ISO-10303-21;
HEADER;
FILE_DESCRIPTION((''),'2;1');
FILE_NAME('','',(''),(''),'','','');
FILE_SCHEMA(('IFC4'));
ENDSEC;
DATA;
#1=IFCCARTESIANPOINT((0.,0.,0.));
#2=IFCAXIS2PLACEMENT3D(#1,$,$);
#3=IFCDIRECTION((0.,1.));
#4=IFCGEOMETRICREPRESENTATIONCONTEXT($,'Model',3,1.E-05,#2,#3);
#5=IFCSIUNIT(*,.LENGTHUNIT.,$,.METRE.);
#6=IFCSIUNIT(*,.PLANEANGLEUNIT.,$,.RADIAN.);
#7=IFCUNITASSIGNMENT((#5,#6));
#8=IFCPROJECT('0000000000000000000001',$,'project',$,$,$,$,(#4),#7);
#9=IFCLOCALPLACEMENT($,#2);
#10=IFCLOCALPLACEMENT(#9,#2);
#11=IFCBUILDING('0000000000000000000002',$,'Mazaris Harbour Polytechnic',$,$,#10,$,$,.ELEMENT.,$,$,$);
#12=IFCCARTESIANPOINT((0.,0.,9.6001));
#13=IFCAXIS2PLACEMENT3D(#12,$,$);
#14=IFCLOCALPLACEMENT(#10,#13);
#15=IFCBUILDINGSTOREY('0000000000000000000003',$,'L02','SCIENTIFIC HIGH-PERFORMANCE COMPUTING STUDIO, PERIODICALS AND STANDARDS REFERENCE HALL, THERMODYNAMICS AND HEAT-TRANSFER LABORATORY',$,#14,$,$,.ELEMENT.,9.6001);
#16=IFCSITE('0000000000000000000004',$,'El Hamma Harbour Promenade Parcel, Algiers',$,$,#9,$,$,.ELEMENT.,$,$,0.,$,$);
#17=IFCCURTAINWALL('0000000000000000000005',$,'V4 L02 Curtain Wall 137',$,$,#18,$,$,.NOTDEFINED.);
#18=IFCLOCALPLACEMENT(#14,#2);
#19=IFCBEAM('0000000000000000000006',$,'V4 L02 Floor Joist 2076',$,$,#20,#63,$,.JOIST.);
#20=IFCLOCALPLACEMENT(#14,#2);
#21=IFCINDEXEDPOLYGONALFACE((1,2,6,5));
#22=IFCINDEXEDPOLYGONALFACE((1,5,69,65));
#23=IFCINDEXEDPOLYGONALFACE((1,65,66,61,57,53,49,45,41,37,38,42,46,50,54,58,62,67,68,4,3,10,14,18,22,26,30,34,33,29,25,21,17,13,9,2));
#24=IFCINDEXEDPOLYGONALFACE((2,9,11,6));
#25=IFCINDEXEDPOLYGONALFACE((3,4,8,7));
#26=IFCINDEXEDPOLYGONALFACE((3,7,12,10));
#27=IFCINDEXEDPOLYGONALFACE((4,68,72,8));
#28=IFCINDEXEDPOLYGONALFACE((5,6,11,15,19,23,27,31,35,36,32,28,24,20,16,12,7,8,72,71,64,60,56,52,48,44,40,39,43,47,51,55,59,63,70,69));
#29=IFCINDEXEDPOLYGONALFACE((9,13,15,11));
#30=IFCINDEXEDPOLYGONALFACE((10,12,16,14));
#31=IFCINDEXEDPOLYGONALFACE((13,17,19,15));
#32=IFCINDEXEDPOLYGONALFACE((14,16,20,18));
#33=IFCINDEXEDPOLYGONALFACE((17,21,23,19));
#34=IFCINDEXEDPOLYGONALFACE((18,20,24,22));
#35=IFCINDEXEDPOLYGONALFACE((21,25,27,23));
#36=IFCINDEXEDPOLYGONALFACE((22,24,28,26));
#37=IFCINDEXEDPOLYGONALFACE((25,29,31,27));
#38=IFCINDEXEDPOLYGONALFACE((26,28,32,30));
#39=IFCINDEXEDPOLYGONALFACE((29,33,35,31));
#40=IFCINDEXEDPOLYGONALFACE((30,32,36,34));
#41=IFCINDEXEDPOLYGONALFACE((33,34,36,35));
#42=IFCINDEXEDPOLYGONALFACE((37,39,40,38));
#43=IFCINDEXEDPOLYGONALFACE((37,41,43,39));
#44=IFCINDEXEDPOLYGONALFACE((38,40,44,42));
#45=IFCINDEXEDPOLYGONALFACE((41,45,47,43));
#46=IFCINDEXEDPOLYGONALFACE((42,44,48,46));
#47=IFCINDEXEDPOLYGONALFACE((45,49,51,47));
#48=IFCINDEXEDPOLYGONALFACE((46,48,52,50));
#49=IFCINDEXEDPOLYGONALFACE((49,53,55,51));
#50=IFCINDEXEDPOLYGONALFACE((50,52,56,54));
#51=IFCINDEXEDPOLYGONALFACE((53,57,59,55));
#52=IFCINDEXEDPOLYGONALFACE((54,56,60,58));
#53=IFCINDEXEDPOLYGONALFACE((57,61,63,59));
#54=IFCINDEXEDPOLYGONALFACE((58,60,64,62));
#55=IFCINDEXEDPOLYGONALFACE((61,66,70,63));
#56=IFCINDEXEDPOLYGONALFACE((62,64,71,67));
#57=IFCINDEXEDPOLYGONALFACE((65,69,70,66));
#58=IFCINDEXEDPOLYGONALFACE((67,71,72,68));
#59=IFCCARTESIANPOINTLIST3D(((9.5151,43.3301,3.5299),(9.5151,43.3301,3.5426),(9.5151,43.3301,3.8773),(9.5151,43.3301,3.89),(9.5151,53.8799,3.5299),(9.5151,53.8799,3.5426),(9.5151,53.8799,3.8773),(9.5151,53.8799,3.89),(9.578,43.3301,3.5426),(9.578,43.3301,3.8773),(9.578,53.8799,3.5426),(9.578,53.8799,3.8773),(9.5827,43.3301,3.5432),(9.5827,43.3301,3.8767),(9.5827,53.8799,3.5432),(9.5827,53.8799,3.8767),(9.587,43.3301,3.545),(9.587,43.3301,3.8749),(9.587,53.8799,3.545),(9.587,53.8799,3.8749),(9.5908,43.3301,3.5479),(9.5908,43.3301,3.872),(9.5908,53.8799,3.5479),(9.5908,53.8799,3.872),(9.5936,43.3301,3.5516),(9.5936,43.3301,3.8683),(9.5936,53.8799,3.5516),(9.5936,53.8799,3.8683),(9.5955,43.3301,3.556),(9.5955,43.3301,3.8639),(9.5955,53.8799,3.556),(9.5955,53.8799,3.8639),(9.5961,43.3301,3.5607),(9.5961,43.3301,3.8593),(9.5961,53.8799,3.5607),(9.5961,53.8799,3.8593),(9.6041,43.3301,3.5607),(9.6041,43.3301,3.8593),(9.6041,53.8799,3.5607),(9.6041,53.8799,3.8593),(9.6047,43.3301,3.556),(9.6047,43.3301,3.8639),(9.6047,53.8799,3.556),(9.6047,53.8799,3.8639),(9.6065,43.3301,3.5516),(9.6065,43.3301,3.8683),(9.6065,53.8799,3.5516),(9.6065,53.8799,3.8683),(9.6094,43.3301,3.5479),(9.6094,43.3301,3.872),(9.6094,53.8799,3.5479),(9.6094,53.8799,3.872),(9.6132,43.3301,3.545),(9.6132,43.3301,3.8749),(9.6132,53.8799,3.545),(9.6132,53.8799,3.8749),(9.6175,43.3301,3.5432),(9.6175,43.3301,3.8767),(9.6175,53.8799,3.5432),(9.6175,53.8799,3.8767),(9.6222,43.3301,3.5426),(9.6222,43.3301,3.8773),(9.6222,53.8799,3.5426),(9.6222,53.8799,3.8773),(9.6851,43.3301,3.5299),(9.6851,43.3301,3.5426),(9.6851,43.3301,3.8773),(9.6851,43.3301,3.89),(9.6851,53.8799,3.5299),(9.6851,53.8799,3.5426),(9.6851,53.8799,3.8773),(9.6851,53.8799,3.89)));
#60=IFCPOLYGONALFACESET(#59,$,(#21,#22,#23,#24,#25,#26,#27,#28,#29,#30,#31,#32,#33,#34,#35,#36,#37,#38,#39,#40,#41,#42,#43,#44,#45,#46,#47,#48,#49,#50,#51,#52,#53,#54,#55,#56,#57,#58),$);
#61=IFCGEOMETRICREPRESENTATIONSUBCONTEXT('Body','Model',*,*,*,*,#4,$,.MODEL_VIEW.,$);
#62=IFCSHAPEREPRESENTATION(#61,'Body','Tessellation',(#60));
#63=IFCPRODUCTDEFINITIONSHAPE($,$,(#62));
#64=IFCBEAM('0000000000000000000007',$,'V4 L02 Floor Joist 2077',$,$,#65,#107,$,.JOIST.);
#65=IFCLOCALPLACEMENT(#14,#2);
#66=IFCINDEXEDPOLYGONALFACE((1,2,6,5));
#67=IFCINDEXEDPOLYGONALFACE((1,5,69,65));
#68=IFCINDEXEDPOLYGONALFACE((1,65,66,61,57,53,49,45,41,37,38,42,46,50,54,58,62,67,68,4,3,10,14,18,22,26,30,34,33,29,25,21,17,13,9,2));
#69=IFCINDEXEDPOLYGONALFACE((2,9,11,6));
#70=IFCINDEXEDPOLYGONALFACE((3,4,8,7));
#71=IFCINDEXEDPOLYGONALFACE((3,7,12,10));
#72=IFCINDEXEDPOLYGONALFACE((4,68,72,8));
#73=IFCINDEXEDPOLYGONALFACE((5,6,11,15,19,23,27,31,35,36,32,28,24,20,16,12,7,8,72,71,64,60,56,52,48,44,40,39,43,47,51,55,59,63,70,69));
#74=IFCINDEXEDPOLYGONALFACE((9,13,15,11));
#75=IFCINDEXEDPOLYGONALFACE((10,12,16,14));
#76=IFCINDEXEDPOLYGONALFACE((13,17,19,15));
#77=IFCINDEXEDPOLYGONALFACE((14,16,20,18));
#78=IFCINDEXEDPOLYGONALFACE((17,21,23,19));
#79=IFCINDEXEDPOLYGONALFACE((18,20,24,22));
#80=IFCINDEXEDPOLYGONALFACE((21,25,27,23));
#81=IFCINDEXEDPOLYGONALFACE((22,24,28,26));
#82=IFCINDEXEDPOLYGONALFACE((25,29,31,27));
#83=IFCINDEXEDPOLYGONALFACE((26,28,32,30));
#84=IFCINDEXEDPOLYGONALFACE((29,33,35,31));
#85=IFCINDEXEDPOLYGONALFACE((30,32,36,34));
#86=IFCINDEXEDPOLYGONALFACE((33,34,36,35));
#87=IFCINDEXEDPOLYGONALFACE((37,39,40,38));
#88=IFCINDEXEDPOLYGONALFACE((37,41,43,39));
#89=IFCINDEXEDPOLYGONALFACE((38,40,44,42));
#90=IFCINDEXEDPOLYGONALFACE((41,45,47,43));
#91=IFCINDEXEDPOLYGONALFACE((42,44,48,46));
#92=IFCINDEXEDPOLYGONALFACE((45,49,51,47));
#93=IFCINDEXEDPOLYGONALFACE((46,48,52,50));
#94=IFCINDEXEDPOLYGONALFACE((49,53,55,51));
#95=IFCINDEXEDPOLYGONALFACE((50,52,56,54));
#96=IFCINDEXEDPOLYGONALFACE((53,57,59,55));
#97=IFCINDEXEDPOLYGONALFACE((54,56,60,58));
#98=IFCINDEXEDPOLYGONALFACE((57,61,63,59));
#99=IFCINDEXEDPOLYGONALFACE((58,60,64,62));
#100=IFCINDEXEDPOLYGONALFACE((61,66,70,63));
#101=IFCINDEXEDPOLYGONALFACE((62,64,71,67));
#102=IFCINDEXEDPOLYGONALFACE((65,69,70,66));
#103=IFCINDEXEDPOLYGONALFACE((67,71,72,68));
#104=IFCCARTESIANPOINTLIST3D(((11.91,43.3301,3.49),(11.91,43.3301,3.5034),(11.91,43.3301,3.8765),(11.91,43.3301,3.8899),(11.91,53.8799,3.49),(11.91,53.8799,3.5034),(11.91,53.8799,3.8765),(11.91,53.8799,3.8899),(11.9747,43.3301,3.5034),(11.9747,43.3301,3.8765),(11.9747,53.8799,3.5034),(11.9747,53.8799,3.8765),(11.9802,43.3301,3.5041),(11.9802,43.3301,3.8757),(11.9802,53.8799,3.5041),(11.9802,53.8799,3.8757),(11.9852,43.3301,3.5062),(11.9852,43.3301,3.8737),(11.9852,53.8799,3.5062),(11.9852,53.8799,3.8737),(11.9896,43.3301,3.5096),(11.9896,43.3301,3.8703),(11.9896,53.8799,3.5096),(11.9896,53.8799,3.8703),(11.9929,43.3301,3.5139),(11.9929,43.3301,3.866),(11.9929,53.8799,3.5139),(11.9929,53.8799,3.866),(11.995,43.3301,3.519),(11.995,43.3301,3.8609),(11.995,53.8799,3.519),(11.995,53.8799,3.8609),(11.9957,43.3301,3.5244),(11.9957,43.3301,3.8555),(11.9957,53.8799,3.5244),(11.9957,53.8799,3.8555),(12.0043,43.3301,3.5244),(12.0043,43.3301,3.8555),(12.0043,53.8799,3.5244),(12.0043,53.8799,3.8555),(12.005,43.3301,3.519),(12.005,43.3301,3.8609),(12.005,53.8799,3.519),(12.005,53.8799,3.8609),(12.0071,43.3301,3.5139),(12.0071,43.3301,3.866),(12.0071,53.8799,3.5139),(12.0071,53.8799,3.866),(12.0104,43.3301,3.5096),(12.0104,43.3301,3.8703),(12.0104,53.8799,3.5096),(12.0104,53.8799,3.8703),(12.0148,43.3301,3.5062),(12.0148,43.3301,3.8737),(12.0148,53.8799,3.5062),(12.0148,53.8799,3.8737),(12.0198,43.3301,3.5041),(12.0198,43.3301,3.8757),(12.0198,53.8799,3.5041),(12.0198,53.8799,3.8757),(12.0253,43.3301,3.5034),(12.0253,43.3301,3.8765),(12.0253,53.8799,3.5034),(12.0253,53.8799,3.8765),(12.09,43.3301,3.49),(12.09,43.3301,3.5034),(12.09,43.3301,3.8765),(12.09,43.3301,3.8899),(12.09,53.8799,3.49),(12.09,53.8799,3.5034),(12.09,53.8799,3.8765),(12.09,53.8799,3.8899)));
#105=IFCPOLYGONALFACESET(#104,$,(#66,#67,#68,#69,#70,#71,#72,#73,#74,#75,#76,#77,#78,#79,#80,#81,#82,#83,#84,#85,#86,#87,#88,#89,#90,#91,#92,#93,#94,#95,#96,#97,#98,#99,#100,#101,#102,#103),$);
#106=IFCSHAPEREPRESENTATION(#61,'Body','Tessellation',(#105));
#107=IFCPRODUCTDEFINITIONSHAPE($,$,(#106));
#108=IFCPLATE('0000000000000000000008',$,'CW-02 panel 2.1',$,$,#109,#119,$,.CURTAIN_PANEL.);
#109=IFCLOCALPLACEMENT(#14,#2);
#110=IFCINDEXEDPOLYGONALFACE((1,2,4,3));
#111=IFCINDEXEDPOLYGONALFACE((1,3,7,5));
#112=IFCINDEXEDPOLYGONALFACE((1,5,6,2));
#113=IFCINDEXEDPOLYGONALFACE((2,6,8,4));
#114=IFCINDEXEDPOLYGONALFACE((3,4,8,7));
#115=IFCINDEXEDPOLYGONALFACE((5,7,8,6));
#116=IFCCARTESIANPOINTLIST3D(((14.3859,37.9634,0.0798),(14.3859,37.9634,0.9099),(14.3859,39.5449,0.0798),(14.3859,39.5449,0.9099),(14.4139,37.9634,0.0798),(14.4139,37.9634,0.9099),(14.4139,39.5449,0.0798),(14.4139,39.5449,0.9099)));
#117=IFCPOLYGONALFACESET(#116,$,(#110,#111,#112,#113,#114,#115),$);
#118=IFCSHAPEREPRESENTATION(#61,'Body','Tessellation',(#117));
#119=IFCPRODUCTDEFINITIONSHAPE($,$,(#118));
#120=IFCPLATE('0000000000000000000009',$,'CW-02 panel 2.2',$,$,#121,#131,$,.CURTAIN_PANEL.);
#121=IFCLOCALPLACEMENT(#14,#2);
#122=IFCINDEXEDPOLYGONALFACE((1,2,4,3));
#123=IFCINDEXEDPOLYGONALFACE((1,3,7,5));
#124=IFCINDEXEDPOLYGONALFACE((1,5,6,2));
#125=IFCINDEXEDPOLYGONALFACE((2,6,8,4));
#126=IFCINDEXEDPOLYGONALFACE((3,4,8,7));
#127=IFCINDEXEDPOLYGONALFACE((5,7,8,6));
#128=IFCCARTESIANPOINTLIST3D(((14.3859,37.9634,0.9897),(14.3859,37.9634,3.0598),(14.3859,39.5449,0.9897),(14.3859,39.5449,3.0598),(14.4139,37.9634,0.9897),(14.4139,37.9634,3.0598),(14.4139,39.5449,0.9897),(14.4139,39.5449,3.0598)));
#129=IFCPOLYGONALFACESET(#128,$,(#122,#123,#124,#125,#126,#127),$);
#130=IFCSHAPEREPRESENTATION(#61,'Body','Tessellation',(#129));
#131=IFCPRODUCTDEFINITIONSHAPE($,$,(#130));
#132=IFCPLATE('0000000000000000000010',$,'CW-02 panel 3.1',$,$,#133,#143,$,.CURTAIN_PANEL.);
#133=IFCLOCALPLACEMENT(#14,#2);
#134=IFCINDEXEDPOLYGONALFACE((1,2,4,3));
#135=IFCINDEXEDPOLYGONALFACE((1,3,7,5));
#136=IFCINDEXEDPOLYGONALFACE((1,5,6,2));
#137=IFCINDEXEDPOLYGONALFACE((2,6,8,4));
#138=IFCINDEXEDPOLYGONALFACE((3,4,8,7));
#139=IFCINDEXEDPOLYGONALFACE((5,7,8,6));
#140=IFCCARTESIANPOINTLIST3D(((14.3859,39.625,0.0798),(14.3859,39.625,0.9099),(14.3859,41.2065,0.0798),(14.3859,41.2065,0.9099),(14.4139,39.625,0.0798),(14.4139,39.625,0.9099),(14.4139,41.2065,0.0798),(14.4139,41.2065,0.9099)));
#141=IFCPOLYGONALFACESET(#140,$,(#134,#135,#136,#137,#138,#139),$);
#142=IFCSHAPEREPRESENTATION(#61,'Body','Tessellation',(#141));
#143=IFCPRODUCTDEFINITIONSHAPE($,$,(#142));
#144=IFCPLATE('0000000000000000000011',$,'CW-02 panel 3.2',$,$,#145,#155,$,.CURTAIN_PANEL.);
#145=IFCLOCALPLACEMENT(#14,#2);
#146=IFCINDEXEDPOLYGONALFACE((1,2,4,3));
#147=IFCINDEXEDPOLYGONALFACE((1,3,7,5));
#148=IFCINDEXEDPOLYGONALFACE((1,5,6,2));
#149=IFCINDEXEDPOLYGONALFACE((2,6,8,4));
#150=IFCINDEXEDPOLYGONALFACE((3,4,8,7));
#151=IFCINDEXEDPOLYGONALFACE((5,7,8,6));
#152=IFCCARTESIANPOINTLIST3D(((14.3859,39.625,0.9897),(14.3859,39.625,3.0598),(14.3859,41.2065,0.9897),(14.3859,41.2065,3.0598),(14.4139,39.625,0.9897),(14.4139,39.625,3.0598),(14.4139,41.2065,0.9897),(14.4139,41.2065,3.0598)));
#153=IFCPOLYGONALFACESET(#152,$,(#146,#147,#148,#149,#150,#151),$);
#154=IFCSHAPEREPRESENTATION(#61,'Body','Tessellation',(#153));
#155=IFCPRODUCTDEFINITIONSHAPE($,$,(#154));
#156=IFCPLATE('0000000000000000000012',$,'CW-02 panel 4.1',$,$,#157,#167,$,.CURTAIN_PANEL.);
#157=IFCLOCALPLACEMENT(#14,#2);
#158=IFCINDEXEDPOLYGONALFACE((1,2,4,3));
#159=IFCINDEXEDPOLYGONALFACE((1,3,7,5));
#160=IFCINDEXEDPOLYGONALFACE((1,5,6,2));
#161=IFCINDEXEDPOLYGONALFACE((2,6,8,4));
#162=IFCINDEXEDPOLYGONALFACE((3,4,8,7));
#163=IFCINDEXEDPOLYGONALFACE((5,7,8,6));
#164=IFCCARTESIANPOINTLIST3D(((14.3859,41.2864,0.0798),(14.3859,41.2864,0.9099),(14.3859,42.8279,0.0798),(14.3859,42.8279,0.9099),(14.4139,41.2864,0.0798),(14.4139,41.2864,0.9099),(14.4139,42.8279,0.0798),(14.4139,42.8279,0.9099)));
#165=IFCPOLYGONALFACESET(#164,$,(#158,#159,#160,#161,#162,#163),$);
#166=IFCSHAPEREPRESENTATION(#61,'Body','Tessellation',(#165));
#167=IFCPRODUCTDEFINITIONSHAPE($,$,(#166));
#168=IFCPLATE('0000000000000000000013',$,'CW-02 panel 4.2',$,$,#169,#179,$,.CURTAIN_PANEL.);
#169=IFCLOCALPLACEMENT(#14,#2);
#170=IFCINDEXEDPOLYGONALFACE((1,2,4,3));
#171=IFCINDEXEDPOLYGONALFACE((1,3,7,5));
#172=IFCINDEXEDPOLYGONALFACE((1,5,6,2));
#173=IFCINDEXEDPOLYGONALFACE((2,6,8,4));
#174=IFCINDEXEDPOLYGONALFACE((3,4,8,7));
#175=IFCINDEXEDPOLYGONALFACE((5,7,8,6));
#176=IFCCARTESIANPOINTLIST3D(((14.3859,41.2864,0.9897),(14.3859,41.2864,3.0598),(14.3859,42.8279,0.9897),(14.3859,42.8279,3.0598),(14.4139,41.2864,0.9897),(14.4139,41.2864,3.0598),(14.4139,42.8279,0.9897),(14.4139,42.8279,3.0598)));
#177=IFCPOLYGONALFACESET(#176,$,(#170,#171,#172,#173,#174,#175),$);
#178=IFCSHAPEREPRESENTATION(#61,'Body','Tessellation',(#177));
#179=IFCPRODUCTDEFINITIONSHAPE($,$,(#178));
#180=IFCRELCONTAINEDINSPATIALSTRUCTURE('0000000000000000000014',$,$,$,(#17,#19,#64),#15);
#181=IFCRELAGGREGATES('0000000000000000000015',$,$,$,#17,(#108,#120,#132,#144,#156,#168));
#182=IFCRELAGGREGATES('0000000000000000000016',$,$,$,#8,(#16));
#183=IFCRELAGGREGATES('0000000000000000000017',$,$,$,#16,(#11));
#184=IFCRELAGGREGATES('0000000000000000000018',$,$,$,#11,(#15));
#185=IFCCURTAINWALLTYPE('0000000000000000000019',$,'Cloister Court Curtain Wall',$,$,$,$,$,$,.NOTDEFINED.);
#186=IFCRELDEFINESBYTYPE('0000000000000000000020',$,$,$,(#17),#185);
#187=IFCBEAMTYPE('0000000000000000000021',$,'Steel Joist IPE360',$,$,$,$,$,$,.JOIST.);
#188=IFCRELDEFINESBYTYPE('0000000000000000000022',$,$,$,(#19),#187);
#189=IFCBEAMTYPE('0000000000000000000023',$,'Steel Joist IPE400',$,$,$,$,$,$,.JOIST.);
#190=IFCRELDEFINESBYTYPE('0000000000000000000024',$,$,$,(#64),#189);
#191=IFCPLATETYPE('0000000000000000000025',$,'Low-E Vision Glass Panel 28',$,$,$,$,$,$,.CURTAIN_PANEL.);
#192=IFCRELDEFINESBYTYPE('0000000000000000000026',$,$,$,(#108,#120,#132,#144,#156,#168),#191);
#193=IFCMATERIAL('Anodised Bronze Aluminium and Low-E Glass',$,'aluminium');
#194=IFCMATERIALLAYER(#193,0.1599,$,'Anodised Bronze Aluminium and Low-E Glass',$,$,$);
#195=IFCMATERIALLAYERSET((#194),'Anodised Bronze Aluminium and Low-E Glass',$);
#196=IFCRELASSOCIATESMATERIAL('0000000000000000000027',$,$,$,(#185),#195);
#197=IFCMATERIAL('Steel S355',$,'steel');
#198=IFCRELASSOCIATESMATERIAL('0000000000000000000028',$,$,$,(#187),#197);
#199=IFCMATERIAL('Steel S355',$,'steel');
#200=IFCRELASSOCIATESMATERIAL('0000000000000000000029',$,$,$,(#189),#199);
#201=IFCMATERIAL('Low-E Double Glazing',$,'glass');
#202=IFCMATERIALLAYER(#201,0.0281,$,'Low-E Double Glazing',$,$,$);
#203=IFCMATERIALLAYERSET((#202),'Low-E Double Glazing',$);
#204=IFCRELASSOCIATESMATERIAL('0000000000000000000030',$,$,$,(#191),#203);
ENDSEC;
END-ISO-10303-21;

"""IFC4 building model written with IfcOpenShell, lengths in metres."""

from ifc_helpers import new_model, si_unit, direction, frame, origin, origin_2d, place, context, subcontext, project, spatial, rectangle, i_section, extrude, material, layer, layer_set, material_profile, profile_set, type_object, element, aggregate, save


model = new_model("IFC4")

# Units and contexts
model_context = context("Model", 3, precision=1e-05, world=origin(), true_north=direction((0.0, 1.0)))
body_context = subcontext(model_context, "Body", "Model", "MODEL_VIEW")
ifc_project = project(units=[si_unit("LENGTHUNIT", "METRE"), si_unit("PLANEANGLEUNIT", "RADIAN")], contexts=[model_context])

# Site, building, storey
site_placement = place(None, origin())
site = spatial("IfcSite", under=ifc_project, at=site_placement, Name="El Hamma Harbour Promenade Parcel, Algiers", CompositionType="ELEMENT", RefElevation=0.0)
building_placement = place(site_placement, origin())
building = spatial("IfcBuilding", under=site, at=building_placement, Name="Mazaris Harbour Polytechnic", CompositionType="ELEMENT")
storey_placement = place(building_placement, frame((0.0, 0.0, 9.6001)))
storey = spatial("IfcBuildingStorey", under=building, at=storey_placement, Name="L02", Description="SCIENTIFIC HIGH-PERFORMANCE COMPUTING STUDIO, PERIODICALS AND STANDARDS REFERENCE HALL, THERMODYNAMICS AND HEAT-TRANSFER LABORATORY", CompositionType="ELEMENT", Elevation=9.6001)

# Curtain wall
ifc_material_1 = material(Name="Anodised Bronze Aluminium and Low-E Glass", Category="aluminium")
ifc_layer_1 = layer(ifc_material_1, 0.1599, Name="Anodised Bronze Aluminium and Low-E Glass")
ifc_layer_set_1 = layer_set([ifc_layer_1], Name="Anodised Bronze Aluminium and Low-E Glass")
curtain_wall_type = type_object("IfcCurtainWallType", Name="Cloister Court Curtain Wall", PredefinedType="NOTDEFINED", material=ifc_layer_set_1)
curtain_wall_placement = place(storey_placement, origin())
curtain_wall = element("IfcCurtainWall", 1, at=curtain_wall_placement, inside=storey, type_object=curtain_wall_type, Name="V4 L02 Curtain Wall 137", PredefinedType="NOTDEFINED")

# Beams
ifc_material_2 = material(Name="Steel S355", Category="steel")
ifc_material_profile_1 = material_profile(ifc_material_2, i_section(OverallWidth=0.1699, OverallDepth=0.3601, WebThickness=0.0081, FlangeThickness=0.0127, FilletRadius=0.0181, at=origin_2d()), Name="IPE 360")
ifc_profile_set_1 = profile_set([ifc_material_profile_1], Name="Steel S355")
beam_type_1 = type_object("IfcBeamType", Name="Steel Joist IPE360", PredefinedType="JOIST", material=ifc_profile_set_1)
beam_1_placement = place(storey_placement, frame((9.6001, 43.3301, 3.71), z_axis=(0.0, 1.0, 0.0), x_axis=(-1.0, 0.0, 0.0)))
element("IfcBeam", 2, at=beam_1_placement, inside=storey, type_object=beam_type_1, Name="V4 L02 Floor Joist 2076", PredefinedType="JOIST", context=body_context, shape_type="SweptSolid", body=[
    extrude(i_section(OverallWidth=0.1699, OverallDepth=0.3601, WebThickness=0.0081, FlangeThickness=0.0127, FilletRadius=0.0181, at=origin_2d()), origin(), (0.0, 0.0, 1.0), 10.5498),
])
ifc_material_3 = material(Name="Steel S355", Category="steel")
ifc_material_profile_2 = material_profile(ifc_material_3, i_section(OverallWidth=0.1799, OverallDepth=0.3999, WebThickness=0.0085, FlangeThickness=0.0134, FilletRadius=0.021, at=origin_2d()), Name="IPE 400")
ifc_profile_set_2 = profile_set([ifc_material_profile_2], Name="Steel S355")
beam_type_2 = type_object("IfcBeamType", Name="Steel Joist IPE400", PredefinedType="JOIST", material=ifc_profile_set_2)
beam_2_placement = place(storey_placement, frame((12.0, 43.3301, 3.6899), z_axis=(0.0, 1.0, 0.0), x_axis=(-1.0, 0.0, 0.0)))
element("IfcBeam", 3, at=beam_2_placement, inside=storey, type_object=beam_type_2, Name="V4 L02 Floor Joist 2077", PredefinedType="JOIST", context=body_context, shape_type="SweptSolid", body=[
    extrude(i_section(OverallWidth=0.1799, OverallDepth=0.3999, WebThickness=0.0085, FlangeThickness=0.0134, FilletRadius=0.021, at=origin_2d()), origin(), (0.0, 0.0, 1.0), 10.5498),
])

# Plates
ifc_material_4 = material(Name="Low-E Double Glazing", Category="glass")
ifc_layer_2 = layer(ifc_material_4, 0.0281, Name="Low-E Double Glazing")
ifc_layer_set_2 = layer_set([ifc_layer_2], Name="Low-E Double Glazing")
plate_type = type_object("IfcPlateType", Name="Low-E Vision Glass Panel 28", PredefinedType="CURTAIN_PANEL", material=ifc_layer_set_2)
plate_1_placement = place(storey_placement, frame((14.3999, 38.7542, 0.0798), z_axis=(0.0, 0.0, 1.0), x_axis=(0.0, 1.0, 0.0)))
plate_1 = element("IfcPlate", 4, at=plate_1_placement, type_object=plate_type, Name="CW-02 panel 2.1", PredefinedType="CURTAIN_PANEL", context=body_context, shape_type="SweptSolid", body=[
    extrude(rectangle(XDim=1.5815, YDim=0.0281, at=origin_2d()), origin(), (0.0, 0.0, 1.0), 0.8301),
])
plate_2_placement = place(storey_placement, frame((14.3999, 38.7542, 0.9897), z_axis=(0.0, 0.0, 1.0), x_axis=(0.0, 1.0, 0.0)))
plate_2 = element("IfcPlate", 5, at=plate_2_placement, type_object=plate_type, Name="CW-02 panel 2.2", PredefinedType="CURTAIN_PANEL", context=body_context, shape_type="SweptSolid", body=[
    extrude(rectangle(XDim=1.5815, YDim=0.0281, at=origin_2d()), origin(), (0.0, 0.0, 1.0), 2.0701),
])
plate_3_placement = place(storey_placement, frame((14.3999, 40.4158, 0.0798), z_axis=(0.0, 0.0, 1.0), x_axis=(0.0, 1.0, 0.0)))
plate_3 = element("IfcPlate", 6, at=plate_3_placement, type_object=plate_type, Name="CW-02 panel 3.1", PredefinedType="CURTAIN_PANEL", context=body_context, shape_type="SweptSolid", body=[
    extrude(rectangle(XDim=1.5815, YDim=0.0281, at=origin_2d()), origin(), (0.0, 0.0, 1.0), 0.8301),
])
plate_4_placement = place(storey_placement, frame((14.3999, 40.4158, 0.9897), z_axis=(0.0, 0.0, 1.0), x_axis=(0.0, 1.0, 0.0)))
plate_4 = element("IfcPlate", 7, at=plate_4_placement, type_object=plate_type, Name="CW-02 panel 3.2", PredefinedType="CURTAIN_PANEL", context=body_context, shape_type="SweptSolid", body=[
    extrude(rectangle(XDim=1.5815, YDim=0.0281, at=origin_2d()), origin(), (0.0, 0.0, 1.0), 2.0701),
])
plate_5_placement = place(storey_placement, frame((14.3999, 42.0571, 0.0798), z_axis=(0.0, 0.0, 1.0), x_axis=(0.0, 1.0, 0.0)))
plate_5 = element("IfcPlate", 8, at=plate_5_placement, type_object=plate_type, Name="CW-02 panel 4.1", PredefinedType="CURTAIN_PANEL", context=body_context, shape_type="SweptSolid", body=[
    extrude(rectangle(XDim=1.5415, YDim=0.0281, at=origin_2d()), origin(), (0.0, 0.0, 1.0), 0.8301),
])
plate_6_placement = place(storey_placement, frame((14.3999, 42.0571, 0.9897), z_axis=(0.0, 0.0, 1.0), x_axis=(0.0, 1.0, 0.0)))
plate_6 = element("IfcPlate", 9, at=plate_6_placement, type_object=plate_type, Name="CW-02 panel 4.2", PredefinedType="CURTAIN_PANEL", context=body_context, shape_type="SweptSolid", body=[
    extrude(rectangle(XDim=1.5415, YDim=0.0281, at=origin_2d()), origin(), (0.0, 0.0, 1.0), 2.0701),
])
aggregate(curtain_wall, [plate_1, plate_2, plate_3, plate_4, plate_5, plate_6])

save(model, "model.ifc")
